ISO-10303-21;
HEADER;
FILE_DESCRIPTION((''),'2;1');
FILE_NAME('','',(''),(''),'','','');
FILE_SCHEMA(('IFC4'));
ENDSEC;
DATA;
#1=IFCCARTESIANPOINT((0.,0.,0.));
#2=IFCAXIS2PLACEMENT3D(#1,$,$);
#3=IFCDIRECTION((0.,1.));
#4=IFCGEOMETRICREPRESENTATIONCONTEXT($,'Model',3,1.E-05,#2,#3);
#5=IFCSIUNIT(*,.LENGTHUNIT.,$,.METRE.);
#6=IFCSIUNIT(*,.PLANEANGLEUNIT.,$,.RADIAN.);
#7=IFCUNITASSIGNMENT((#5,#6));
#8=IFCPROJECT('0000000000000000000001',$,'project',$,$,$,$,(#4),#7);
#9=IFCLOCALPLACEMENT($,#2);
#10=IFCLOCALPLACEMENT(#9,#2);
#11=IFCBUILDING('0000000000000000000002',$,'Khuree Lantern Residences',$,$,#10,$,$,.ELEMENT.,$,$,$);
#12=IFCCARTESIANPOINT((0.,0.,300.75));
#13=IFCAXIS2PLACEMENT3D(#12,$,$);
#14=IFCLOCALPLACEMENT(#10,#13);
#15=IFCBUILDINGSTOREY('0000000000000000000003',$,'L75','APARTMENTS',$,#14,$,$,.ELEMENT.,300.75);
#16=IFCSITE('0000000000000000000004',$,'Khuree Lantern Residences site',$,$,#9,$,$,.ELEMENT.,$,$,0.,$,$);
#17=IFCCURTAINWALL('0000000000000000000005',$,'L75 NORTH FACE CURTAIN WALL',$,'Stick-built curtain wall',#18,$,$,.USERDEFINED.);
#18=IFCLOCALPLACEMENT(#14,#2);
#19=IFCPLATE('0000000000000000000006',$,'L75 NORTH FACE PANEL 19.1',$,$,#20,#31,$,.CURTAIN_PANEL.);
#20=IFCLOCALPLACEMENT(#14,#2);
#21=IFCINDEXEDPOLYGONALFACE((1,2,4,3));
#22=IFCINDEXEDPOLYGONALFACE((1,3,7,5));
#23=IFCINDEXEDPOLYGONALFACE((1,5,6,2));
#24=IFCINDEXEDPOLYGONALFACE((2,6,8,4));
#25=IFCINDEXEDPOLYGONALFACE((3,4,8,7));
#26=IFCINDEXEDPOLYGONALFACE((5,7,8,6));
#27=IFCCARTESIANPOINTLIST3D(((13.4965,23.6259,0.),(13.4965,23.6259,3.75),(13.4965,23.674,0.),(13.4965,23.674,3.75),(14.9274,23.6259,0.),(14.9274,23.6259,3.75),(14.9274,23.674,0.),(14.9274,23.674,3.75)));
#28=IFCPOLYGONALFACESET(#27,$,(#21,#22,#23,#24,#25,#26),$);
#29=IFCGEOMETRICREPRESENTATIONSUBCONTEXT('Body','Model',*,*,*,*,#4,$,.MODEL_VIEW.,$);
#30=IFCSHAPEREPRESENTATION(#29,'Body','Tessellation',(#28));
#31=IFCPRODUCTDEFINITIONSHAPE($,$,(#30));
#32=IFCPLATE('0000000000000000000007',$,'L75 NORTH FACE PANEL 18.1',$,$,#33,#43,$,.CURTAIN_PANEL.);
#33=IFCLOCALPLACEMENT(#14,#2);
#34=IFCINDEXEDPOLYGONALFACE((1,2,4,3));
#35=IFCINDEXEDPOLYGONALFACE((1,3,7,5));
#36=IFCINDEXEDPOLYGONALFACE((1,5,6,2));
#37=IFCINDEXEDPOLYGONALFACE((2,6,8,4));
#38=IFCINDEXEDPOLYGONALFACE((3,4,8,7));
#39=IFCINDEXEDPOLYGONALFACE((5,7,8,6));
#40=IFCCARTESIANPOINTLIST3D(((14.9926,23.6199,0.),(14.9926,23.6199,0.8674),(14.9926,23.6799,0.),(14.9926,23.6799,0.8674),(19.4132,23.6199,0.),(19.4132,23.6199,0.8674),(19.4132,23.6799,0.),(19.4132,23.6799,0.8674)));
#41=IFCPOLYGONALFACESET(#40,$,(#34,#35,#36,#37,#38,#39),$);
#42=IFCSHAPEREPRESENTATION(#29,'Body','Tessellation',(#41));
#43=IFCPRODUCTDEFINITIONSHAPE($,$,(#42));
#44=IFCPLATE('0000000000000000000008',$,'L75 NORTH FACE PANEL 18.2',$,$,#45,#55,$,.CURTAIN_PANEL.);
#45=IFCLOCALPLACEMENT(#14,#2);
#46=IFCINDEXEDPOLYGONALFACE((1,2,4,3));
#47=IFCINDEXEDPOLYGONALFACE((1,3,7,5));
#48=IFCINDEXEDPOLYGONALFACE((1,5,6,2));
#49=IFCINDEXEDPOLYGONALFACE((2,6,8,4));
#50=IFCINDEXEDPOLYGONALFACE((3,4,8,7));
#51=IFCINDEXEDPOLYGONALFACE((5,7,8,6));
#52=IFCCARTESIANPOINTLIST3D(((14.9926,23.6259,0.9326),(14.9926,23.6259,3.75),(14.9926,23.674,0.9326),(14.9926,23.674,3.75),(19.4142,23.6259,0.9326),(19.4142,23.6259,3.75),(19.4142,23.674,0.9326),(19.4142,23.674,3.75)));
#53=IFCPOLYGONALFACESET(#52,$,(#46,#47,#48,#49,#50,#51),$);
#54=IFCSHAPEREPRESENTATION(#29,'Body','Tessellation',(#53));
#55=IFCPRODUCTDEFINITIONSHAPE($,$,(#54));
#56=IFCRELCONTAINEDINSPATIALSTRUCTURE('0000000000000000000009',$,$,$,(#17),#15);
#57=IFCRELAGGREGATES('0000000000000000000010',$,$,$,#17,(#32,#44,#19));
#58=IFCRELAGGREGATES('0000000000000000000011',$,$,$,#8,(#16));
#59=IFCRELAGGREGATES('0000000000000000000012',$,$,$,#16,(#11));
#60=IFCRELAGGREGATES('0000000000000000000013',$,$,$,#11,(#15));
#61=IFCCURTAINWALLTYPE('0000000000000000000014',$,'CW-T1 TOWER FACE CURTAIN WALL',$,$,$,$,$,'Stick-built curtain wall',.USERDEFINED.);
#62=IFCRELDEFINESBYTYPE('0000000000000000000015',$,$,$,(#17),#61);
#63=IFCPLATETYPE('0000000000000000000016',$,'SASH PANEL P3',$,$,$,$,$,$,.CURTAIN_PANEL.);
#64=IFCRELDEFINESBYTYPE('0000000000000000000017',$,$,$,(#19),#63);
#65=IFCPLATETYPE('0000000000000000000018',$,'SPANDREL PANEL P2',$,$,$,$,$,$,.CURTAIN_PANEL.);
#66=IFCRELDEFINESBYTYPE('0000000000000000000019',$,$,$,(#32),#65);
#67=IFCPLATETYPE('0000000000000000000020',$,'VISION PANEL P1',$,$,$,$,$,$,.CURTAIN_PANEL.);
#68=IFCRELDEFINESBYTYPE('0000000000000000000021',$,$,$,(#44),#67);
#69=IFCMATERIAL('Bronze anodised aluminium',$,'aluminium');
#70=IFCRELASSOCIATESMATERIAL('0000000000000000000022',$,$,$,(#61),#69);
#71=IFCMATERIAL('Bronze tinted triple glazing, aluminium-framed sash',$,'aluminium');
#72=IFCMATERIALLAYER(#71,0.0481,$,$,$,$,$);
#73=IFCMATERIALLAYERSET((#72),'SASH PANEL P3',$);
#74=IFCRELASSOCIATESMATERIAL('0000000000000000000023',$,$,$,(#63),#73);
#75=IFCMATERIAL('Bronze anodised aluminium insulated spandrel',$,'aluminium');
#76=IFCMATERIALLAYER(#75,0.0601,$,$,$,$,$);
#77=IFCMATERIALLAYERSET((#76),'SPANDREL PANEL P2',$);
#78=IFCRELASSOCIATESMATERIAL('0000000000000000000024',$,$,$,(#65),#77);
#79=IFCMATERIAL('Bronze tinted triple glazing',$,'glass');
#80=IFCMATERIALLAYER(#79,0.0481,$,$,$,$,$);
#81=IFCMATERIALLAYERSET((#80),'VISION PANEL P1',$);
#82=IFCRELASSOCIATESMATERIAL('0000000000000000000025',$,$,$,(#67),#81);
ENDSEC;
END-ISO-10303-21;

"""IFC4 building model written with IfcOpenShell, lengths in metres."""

from ifc_helpers import new_model, si_unit, direction, frame, origin, origin_2d, place, context, subcontext, project, spatial, rectangle, extrude, material, layer, layer_set, type_object, element, aggregate, save


model = new_model("IFC4")

# Units and contexts
model_context = context("Model", 3, precision=1e-05, world=origin(), true_north=direction((0.0, 1.0)))
body_context = subcontext(model_context, "Body", "Model", "MODEL_VIEW")
ifc_project = project(units=[si_unit("LENGTHUNIT", "METRE"), si_unit("PLANEANGLEUNIT", "RADIAN")], contexts=[model_context])

# Site, building, storey
site_placement = place(None, origin())
site = spatial("IfcSite", under=ifc_project, at=site_placement, Name="Khuree Lantern Residences site", CompositionType="ELEMENT", RefElevation=0.0)
building_placement = place(site_placement, origin())
building = spatial("IfcBuilding", under=site, at=building_placement, Name="Khuree Lantern Residences", CompositionType="ELEMENT")
storey_placement = place(building_placement, frame((0.0, 0.0, 300.75)))
storey = spatial("IfcBuildingStorey", under=building, at=storey_placement, Name="L75", Description="APARTMENTS", CompositionType="ELEMENT", Elevation=300.75)

# Curtain wall
ifc_material_1 = material(Name="Bronze anodised aluminium", Category="aluminium")
curtain_wall_type = type_object("IfcCurtainWallType", Name="CW-T1 TOWER FACE CURTAIN WALL", ElementType="Stick-built curtain wall", PredefinedType="USERDEFINED", material=ifc_material_1)
curtain_wall_placement = place(storey_placement, origin())
curtain_wall = element("IfcCurtainWall", 1, at=curtain_wall_placement, inside=storey, type_object=curtain_wall_type, Name="L75 NORTH FACE CURTAIN WALL", ObjectType="Stick-built curtain wall", PredefinedType="USERDEFINED")

# Plates
ifc_material_2 = material(Name="Bronze tinted triple glazing, aluminium-framed sash", Category="aluminium")
ifc_layer_1 = layer(ifc_material_2, 0.0481)
ifc_layer_set_1 = layer_set([ifc_layer_1], Name="SASH PANEL P3")
plate_type_1 = type_object("IfcPlateType", Name="SASH PANEL P3", PredefinedType="CURTAIN_PANEL", material=ifc_layer_set_1)
plate_1_placement = place(storey_placement, frame((14.2119, 23.6499, 0.0), z_axis=(0.0, 0.0, 1.0), x_axis=(-1.0, 0.0, 0.0)))
plate_1 = element("IfcPlate", 2, at=plate_1_placement, type_object=plate_type_1, Name="L75 NORTH FACE PANEL 19.1", PredefinedType="CURTAIN_PANEL", context=body_context, shape_type="SweptSolid", body=[
    extrude(rectangle(XDim=1.4309, YDim=0.0481, at=origin_2d()), origin(), (0.0, 0.0, 1.0), 3.75),
])
ifc_material_3 = material(Name="Bronze anodised aluminium insulated spandrel", Category="aluminium")
ifc_layer_2 = layer(ifc_material_3, 0.0601)
ifc_layer_set_2 = layer_set([ifc_layer_2], Name="SPANDREL PANEL P2")
plate_type_2 = type_object("IfcPlateType", Name="SPANDREL PANEL P2", PredefinedType="CURTAIN_PANEL", material=ifc_layer_set_2)
plate_2_placement = place(storey_placement, frame((17.2029, 23.6499, 0.0), z_axis=(0.0, 0.0, 1.0), x_axis=(-1.0, 0.0, 0.0)))
plate_2 = element("IfcPlate", 3, at=plate_2_placement, type_object=plate_type_2, Name="L75 NORTH FACE PANEL 18.1", PredefinedType="CURTAIN_PANEL", context=body_context, shape_type="SweptSolid", body=[
    extrude(rectangle(XDim=4.4207, YDim=0.0601, at=origin_2d()), origin(), (0.0, 0.0, 1.0), 0.8674),
])
ifc_material_4 = material(Name="Bronze tinted triple glazing", Category="glass")
ifc_layer_3 = layer(ifc_material_4, 0.0481)
ifc_layer_set_3 = layer_set([ifc_layer_3], Name="VISION PANEL P1")
plate_type_3 = type_object("IfcPlateType", Name="VISION PANEL P1", PredefinedType="CURTAIN_PANEL", material=ifc_layer_set_3)
plate_3_placement = place(storey_placement, frame((17.2034, 23.6499, 0.9326), z_axis=(0.0, 0.0, 1.0), x_axis=(-1.0, 0.0, 0.0)))
plate_3 = element("IfcPlate", 4, at=plate_3_placement, type_object=plate_type_3, Name="L75 NORTH FACE PANEL 18.2", PredefinedType="CURTAIN_PANEL", context=body_context, shape_type="SweptSolid", body=[
    extrude(rectangle(XDim=4.4216, YDim=0.0481, at=origin_2d()), origin(), (0.0, 0.0, 1.0), 2.8174),
])
aggregate(curtain_wall, [plate_2, plate_3, plate_1])

save(model, "model.ifc")
